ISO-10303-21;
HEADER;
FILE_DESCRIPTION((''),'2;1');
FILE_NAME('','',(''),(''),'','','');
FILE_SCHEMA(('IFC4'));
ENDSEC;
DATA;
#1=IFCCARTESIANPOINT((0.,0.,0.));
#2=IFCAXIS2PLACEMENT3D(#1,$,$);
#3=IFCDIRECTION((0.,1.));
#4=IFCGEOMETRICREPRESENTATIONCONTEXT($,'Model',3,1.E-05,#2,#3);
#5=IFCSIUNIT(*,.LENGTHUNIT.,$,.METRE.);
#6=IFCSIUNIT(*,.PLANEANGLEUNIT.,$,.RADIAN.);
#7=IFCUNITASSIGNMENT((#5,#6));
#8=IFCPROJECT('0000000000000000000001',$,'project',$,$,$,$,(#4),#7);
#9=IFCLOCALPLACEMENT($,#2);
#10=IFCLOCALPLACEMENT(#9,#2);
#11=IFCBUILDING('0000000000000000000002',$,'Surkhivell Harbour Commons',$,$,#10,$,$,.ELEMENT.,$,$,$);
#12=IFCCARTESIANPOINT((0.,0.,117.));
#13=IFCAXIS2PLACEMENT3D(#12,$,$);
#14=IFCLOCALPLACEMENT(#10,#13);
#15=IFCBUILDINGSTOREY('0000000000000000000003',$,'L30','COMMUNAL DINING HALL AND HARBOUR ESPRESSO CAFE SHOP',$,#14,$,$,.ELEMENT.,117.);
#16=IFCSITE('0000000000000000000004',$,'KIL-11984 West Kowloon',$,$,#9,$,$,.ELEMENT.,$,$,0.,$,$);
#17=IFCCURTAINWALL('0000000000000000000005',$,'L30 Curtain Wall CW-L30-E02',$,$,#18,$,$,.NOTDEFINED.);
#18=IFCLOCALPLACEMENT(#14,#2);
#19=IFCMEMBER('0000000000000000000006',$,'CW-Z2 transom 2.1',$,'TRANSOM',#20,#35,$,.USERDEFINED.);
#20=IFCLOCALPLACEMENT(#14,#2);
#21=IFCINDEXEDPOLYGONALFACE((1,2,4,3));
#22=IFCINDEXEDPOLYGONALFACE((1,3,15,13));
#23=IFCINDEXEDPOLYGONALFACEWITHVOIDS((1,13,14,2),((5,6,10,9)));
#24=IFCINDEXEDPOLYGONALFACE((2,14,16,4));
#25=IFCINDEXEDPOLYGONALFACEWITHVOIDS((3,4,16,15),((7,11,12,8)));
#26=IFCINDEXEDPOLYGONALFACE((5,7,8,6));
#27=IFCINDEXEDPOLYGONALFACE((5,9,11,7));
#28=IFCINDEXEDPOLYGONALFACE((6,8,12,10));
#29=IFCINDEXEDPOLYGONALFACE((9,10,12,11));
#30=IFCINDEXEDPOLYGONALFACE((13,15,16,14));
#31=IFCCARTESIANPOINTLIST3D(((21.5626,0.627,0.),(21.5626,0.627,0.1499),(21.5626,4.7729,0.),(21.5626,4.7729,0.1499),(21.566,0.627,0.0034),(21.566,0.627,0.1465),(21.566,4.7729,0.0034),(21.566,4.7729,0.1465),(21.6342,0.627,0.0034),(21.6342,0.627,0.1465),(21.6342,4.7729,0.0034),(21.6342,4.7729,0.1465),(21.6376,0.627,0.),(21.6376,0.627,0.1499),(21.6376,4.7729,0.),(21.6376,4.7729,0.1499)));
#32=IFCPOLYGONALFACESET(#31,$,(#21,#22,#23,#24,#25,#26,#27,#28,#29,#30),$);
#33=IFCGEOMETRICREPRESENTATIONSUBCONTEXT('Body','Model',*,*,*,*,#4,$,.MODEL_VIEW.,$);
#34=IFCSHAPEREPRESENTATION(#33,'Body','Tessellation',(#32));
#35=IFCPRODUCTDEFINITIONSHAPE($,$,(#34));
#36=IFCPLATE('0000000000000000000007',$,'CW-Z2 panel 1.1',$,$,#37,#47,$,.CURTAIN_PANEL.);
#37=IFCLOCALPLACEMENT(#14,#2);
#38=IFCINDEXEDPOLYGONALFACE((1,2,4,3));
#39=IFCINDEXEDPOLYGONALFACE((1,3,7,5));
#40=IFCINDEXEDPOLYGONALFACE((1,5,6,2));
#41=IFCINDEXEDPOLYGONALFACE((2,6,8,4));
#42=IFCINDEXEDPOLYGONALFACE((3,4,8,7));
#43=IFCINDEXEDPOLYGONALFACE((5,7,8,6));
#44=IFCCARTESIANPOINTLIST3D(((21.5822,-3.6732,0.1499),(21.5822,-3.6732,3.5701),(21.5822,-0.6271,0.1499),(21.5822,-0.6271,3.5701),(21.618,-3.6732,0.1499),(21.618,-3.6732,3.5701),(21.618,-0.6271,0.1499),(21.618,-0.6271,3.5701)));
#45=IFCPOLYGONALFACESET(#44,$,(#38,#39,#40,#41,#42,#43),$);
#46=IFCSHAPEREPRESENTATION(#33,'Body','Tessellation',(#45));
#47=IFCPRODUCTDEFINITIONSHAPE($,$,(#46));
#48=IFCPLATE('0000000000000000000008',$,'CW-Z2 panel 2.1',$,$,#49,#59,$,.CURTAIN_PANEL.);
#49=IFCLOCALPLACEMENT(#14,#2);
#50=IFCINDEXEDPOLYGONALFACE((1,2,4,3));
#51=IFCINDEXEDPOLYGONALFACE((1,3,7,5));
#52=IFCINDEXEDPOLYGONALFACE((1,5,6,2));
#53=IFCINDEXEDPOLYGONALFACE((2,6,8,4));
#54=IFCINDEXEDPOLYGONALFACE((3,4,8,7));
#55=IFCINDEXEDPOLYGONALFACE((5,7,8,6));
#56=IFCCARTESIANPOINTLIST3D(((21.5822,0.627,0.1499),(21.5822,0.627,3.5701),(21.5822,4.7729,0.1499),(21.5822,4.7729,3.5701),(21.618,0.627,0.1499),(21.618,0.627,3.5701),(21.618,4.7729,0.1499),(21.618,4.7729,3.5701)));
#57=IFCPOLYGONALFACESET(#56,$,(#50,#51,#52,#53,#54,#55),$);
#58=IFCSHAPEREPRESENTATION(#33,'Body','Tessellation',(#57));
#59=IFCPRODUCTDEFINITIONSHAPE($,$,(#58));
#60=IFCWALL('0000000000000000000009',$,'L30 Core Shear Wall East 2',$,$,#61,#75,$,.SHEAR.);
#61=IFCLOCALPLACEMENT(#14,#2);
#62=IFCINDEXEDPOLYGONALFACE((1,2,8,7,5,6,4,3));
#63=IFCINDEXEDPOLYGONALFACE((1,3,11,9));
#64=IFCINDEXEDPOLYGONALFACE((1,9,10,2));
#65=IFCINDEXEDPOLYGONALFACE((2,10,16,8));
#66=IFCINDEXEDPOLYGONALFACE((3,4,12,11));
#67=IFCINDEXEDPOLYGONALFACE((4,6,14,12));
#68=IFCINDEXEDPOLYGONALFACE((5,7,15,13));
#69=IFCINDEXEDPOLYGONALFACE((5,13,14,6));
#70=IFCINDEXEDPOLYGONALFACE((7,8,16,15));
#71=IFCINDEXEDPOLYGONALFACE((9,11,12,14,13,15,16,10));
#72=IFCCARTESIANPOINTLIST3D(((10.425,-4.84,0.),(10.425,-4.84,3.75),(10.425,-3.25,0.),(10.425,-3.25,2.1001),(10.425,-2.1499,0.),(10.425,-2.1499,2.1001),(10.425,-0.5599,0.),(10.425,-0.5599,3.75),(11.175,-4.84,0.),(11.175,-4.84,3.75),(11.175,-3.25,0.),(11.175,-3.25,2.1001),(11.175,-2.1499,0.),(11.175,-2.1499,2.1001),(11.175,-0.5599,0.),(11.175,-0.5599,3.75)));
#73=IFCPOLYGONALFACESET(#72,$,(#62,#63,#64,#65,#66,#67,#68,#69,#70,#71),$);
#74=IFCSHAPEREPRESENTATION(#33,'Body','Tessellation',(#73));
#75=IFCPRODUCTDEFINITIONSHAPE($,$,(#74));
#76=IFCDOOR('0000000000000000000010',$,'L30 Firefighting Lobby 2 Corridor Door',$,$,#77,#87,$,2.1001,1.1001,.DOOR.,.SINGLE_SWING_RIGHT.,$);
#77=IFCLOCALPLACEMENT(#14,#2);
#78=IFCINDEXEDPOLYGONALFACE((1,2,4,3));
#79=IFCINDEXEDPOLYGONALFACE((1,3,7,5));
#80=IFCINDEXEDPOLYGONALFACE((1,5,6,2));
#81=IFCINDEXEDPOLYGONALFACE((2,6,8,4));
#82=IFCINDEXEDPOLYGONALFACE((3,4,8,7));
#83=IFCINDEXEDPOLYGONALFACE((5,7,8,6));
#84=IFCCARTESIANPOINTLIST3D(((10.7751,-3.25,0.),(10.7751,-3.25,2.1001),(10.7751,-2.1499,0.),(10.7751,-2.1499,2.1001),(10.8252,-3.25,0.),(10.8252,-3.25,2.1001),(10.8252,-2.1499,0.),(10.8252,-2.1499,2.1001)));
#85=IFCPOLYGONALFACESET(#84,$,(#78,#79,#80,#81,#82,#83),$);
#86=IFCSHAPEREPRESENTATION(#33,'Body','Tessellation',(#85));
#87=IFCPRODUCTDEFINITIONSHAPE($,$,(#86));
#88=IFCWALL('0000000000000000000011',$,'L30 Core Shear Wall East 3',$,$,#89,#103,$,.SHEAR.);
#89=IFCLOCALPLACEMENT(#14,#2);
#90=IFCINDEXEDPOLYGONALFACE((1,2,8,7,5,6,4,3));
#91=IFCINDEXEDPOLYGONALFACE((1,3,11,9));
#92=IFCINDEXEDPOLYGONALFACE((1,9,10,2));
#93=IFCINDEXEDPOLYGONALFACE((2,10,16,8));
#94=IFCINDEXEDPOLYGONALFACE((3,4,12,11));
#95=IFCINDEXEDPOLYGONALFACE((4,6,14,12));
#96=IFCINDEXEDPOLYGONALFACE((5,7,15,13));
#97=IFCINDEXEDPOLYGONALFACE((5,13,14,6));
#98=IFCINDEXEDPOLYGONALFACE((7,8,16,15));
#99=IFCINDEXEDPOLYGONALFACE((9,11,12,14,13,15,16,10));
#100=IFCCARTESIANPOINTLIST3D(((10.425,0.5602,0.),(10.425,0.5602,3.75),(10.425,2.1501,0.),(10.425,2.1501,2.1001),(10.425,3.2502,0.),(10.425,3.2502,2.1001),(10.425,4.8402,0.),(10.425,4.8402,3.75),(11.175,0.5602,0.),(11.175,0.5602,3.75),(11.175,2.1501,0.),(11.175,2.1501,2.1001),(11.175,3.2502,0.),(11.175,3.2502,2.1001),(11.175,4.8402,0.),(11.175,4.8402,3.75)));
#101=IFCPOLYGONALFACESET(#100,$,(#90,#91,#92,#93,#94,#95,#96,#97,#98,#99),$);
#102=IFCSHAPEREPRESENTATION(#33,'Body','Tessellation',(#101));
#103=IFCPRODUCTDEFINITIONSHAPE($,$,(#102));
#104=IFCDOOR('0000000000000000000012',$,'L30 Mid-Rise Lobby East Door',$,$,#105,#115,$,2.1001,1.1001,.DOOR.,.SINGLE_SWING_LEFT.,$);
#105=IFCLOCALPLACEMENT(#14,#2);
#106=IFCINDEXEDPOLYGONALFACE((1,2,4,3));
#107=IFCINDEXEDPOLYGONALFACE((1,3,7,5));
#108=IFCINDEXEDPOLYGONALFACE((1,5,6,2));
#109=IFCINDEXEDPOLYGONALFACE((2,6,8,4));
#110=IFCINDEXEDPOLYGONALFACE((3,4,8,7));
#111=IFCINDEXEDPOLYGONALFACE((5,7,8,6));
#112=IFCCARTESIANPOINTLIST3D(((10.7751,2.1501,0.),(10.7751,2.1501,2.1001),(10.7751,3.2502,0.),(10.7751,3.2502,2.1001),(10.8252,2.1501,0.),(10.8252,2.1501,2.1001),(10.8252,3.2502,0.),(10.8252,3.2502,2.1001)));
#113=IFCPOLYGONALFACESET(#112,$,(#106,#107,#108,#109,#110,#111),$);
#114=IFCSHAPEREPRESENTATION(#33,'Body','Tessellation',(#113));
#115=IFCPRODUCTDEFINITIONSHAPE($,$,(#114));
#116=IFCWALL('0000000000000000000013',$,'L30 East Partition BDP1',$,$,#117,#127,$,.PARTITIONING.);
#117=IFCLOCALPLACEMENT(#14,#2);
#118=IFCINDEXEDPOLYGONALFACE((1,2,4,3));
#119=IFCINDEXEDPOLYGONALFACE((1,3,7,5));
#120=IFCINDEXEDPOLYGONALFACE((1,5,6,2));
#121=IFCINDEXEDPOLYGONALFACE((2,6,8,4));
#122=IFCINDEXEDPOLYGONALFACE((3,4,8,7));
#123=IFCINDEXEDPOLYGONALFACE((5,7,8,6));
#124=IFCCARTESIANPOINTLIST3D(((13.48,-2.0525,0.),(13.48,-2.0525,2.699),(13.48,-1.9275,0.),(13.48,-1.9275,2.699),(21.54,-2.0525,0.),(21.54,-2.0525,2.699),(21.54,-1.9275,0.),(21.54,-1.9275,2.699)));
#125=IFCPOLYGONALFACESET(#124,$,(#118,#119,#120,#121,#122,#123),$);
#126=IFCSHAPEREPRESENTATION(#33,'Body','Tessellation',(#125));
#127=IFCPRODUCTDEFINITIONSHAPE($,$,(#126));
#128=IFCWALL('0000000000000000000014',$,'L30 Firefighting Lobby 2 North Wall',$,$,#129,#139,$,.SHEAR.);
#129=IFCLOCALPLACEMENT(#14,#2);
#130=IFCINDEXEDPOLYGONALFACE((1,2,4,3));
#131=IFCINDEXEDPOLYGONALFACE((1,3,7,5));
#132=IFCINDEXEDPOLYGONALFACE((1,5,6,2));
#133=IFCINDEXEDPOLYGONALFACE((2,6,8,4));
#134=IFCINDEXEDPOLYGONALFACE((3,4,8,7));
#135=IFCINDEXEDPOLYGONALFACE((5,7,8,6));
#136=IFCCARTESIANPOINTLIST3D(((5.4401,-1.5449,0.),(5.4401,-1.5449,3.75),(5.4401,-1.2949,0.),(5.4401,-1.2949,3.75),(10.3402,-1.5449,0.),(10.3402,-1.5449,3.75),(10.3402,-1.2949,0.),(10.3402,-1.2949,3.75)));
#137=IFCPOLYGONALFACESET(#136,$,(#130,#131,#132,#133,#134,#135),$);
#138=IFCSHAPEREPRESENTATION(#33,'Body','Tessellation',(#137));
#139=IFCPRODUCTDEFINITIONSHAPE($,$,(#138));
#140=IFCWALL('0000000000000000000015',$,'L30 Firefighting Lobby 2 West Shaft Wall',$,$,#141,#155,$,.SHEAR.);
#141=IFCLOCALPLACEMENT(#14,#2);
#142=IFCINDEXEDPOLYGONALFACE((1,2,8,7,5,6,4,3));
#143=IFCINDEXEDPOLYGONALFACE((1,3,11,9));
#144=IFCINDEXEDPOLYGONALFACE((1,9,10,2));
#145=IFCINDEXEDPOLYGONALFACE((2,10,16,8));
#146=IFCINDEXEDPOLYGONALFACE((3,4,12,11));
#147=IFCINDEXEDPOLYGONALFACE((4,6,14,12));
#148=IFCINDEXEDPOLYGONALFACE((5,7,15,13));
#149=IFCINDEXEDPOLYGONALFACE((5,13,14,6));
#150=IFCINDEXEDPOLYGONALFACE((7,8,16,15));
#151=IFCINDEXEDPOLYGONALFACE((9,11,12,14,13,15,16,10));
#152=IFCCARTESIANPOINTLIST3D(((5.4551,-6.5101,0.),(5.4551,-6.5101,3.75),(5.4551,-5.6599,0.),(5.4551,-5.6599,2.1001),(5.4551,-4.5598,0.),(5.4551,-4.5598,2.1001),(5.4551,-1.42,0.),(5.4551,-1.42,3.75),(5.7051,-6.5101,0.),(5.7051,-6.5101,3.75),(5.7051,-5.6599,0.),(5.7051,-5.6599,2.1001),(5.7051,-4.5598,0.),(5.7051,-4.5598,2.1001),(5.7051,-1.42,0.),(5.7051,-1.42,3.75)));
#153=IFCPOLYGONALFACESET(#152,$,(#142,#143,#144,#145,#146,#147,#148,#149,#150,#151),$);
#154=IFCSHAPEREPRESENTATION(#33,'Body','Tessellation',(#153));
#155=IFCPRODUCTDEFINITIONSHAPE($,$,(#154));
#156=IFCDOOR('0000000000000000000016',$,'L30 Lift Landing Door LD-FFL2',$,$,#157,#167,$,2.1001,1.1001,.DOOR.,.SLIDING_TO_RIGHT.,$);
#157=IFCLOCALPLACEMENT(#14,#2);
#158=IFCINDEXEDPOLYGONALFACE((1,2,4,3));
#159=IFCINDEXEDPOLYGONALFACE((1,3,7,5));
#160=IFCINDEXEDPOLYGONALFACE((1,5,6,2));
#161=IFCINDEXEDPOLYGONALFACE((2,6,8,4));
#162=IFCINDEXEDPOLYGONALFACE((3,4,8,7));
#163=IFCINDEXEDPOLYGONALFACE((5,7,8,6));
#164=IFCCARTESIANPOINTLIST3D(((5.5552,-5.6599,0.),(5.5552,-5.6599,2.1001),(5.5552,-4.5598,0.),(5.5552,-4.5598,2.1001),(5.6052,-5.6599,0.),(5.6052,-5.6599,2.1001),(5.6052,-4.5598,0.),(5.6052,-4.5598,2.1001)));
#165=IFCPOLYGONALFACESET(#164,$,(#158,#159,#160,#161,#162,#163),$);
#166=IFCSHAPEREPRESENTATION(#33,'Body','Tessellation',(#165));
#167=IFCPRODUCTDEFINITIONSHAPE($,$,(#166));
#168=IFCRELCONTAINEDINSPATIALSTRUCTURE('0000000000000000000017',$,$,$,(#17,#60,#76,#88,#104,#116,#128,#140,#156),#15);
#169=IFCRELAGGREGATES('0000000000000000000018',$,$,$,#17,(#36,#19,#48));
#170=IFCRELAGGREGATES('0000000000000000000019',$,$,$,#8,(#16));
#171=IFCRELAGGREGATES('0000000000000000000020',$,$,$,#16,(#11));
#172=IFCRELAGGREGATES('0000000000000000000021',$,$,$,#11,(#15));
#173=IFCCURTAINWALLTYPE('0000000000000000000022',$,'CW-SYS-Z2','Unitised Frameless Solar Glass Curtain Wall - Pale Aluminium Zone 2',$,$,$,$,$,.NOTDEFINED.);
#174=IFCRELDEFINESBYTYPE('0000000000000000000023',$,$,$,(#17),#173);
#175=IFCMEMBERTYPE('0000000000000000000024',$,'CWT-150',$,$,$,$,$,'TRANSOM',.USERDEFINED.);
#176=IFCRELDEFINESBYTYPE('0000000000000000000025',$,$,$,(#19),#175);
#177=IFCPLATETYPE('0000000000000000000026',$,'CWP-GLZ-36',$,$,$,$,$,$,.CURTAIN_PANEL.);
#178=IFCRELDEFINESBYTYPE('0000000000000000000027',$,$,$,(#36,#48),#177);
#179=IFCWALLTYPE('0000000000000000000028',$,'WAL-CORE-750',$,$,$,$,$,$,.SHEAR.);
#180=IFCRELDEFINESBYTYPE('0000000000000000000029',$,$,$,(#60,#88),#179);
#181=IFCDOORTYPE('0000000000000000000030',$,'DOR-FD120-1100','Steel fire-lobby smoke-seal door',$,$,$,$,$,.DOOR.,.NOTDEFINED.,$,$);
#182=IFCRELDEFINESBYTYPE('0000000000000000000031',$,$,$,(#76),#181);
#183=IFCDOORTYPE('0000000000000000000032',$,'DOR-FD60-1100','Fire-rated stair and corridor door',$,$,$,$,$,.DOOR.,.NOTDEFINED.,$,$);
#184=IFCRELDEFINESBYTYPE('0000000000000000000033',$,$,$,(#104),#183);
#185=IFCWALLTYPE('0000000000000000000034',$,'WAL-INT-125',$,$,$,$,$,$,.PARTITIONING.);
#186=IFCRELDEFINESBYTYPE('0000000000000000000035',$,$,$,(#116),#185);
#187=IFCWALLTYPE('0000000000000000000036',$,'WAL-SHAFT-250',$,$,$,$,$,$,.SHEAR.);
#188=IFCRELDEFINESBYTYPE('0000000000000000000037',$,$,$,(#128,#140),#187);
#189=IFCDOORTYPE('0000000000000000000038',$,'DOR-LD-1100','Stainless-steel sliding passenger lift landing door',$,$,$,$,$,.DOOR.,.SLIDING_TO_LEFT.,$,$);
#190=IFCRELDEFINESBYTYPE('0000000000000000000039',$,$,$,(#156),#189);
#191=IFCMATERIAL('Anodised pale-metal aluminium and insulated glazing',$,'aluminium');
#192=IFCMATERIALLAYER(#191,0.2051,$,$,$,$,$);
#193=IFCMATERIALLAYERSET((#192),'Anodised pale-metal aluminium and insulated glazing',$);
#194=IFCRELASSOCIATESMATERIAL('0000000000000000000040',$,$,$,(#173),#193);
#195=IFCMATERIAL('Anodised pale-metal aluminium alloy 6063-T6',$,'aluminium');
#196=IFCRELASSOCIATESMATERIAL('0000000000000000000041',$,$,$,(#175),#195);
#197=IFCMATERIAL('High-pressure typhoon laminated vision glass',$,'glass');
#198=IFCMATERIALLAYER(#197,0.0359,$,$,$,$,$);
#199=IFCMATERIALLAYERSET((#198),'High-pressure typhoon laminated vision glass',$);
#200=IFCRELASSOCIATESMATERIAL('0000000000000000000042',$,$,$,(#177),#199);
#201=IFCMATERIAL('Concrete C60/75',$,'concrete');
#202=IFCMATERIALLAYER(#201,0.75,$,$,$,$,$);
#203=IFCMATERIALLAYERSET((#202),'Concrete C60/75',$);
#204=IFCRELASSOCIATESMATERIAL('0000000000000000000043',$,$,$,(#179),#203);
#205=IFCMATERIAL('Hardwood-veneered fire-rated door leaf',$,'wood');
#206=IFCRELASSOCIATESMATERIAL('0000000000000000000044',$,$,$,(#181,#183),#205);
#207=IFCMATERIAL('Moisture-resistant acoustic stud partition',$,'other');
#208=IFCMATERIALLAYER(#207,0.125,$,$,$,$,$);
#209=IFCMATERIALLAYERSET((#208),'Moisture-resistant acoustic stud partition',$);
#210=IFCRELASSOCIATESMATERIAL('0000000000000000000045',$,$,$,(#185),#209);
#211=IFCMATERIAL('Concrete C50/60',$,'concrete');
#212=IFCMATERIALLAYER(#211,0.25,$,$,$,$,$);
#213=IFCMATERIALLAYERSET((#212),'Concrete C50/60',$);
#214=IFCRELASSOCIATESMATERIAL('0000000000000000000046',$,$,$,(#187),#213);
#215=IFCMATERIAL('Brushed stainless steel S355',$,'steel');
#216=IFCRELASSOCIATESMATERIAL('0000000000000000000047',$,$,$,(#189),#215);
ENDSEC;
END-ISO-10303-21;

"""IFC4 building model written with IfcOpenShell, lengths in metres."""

from ifc_helpers import new_model, si_unit, direction, frame, frame_2d, origin, origin_2d, place, context, subcontext, project, spatial, rectangle, hollow_rectangle, extrude, material, layer, layer_set, material_profile, profile_set, type_object, element, fill, aggregate, save


model = new_model("IFC4")

# Units and contexts
model_context = context("Model", 3, precision=1e-05, world=origin(), true_north=direction((0.0, 1.0)))
body_context = subcontext(model_context, "Body", "Model", "MODEL_VIEW")
ifc_project = project(units=[si_unit("LENGTHUNIT", "METRE"), si_unit("PLANEANGLEUNIT", "RADIAN")], contexts=[model_context])

# Site, building, storey
site_placement = place(None, origin())
site = spatial("IfcSite", under=ifc_project, at=site_placement, Name="KIL-11984 West Kowloon", CompositionType="ELEMENT", RefElevation=0.0)
building_placement = place(site_placement, origin())
building = spatial("IfcBuilding", under=site, at=building_placement, Name="Surkhivell Harbour Commons", CompositionType="ELEMENT")
storey_placement = place(building_placement, frame((0.0, 0.0, 117.0)))
storey = spatial("IfcBuildingStorey", under=building, at=storey_placement, Name="L30", Description="COMMUNAL DINING HALL AND HARBOUR ESPRESSO CAFE SHOP", CompositionType="ELEMENT", Elevation=117.0)

# Shared definitions
ifc_material_1 = material(Name="Concrete C60/75", Category="concrete")

# Shared definitions
ifc_material_2 = material(Name="Anodised pale-metal aluminium and insulated glazing", Category="aluminium")
ifc_layer_1 = layer(ifc_material_2, 0.2051)
ifc_layer_set_1 = layer_set([ifc_layer_1], Name="Anodised pale-metal aluminium and insulated glazing")
curtain_wall_type = type_object("IfcCurtainWallType", Name="CW-SYS-Z2", Description="Unitised Frameless Solar Glass Curtain Wall - Pale Aluminium Zone 2", PredefinedType="NOTDEFINED", material=ifc_layer_set_1)
ifc_material_3 = material(Name="Anodised pale-metal aluminium alloy 6063-T6", Category="aluminium")

# Curtain wall, member, plates
curtain_wall_1_placement = place(storey_placement, origin())
curtain_wall_1 = element("IfcCurtainWall", 1, at=curtain_wall_1_placement, inside=storey, type_object=curtain_wall_type, Name="L30 Curtain Wall CW-L30-E02", PredefinedType="NOTDEFINED")
ifc_material_profile_1 = material_profile(ifc_material_3, hollow_rectangle(XDim=0.075, YDim=0.1499, WallThickness=0.0034, at=origin_2d()), Name="ALU-TRAN-75x150")
ifc_profile_set_1 = profile_set([ifc_material_profile_1], Name="Anodised pale-metal aluminium alloy 6063-T6")
member_type_1 = type_object("IfcMemberType", Name="CWT-150", ElementType="TRANSOM", PredefinedType="USERDEFINED", material=ifc_profile_set_1)
member_1_placement = place(storey_placement, frame((21.6001, 0.627, 0.075), z_axis=(0.0, 1.0, 0.0), x_axis=(-1.0, 0.0, 0.0)))
member_1 = element("IfcMember", 2, at=member_1_placement, type_object=member_type_1, Name="CW-Z2 transom 2.1", ObjectType="TRANSOM", PredefinedType="USERDEFINED", context=body_context, shape_type="SweptSolid", body=[
    extrude(hollow_rectangle(XDim=0.075, YDim=0.1499, WallThickness=0.0034, at=origin_2d()), origin(), (0.0, 0.0, 1.0), 4.146),
])
ifc_material_4 = material(Name="High-pressure typhoon laminated vision glass", Category="glass")
ifc_layer_2 = layer(ifc_material_4, 0.0359)
ifc_layer_set_2 = layer_set([ifc_layer_2], Name="High-pressure typhoon laminated vision glass")
plate_type = type_object("IfcPlateType", Name="CWP-GLZ-36", PredefinedType="CURTAIN_PANEL", material=ifc_layer_set_2)
plate_1_placement = place(storey_placement, frame((21.6001, -3.6731, 0.1499), z_axis=(0.0, 0.0, 1.0), x_axis=(0.0, 1.0, 0.0)))
plate_1 = element("IfcPlate", 3, at=plate_1_placement, type_object=plate_type, Name="CW-Z2 panel 1.1", PredefinedType="CURTAIN_PANEL", context=body_context, shape_type="SweptSolid", body=[
    extrude(rectangle(XDim=3.0461, YDim=0.0359, at=frame_2d((1.5229, 0.0))), origin(), (0.0, 0.0, 1.0), 3.4202),
])
plate_2_placement = place(storey_placement, frame((21.6001, 0.627, 0.1499), z_axis=(0.0, 0.0, 1.0), x_axis=(0.0, 1.0, 0.0)))
plate_2 = element("IfcPlate", 4, at=plate_2_placement, type_object=plate_type, Name="CW-Z2 panel 2.1", PredefinedType="CURTAIN_PANEL", context=body_context, shape_type="SweptSolid", body=[
    extrude(rectangle(XDim=4.146, YDim=0.0359, at=frame_2d((2.073, 0.0))), origin(), (0.0, 0.0, 1.0), 3.4202),
])
aggregate(curtain_wall_1, [plate_1, member_1, plate_2])

# Walls, openings, doors
ifc_layer_3 = layer(ifc_material_1, 0.75)
ifc_layer_set_3 = layer_set([ifc_layer_3], Name="Concrete C60/75")
wall_type_1 = type_object("IfcWallType", Name="WAL-CORE-750", PredefinedType="SHEAR", material=ifc_layer_set_3)
wall_1_placement = place(storey_placement, frame((10.8, -4.8401, 0.0), z_axis=(0.0, 0.0, 1.0), x_axis=(0.0, 1.0, 0.0)))
wall_1 = element("IfcWall", 5, at=wall_1_placement, inside=storey, type_object=wall_type_1, Name="L30 Core Shear Wall East 2", PredefinedType="SHEAR", context=body_context, shape_type="SweptSolid", body=[
    extrude(rectangle(XDim=4.28, YDim=0.75, at=frame_2d((2.1401, 0.0))), origin(), (0.0, 0.0, 1.0), 3.75),
])
opening_1_placement = place(wall_1_placement, frame((1.5901, 0.0, 0.0)))
opening_1 = element("IfcOpeningElement", 6, at=opening_1_placement, cuts=wall_1, PredefinedType="OPENING", context=body_context, shape_type="SweptSolid", body=[
    extrude(rectangle(XDim=1.1001, YDim=2.1001, at=frame_2d((0.55, 1.05))), frame((0.0, 0.385, 0.0), z_axis=(0.0, -1.0, 0.0), x_axis=(1.0, 0.0, 0.0)), (0.0, 0.0, 1.0), 0.77),
])
ifc_material_5 = material(Name="Hardwood-veneered fire-rated door leaf", Category="wood")
door_type_1 = type_object("IfcDoorType", Name="DOR-FD120-1100", Description="Steel fire-lobby smoke-seal door", OperationType="NOTDEFINED", PredefinedType="DOOR", material=ifc_material_5)
door_1_placement = place(opening_1_placement, origin())
door_1 = element("IfcDoor", 7, at=door_1_placement, inside=storey, type_object=door_type_1, Name="L30 Firefighting Lobby 2 Corridor Door", OperationType="SINGLE_SWING_RIGHT", OverallHeight=2.1001, OverallWidth=1.1001, PredefinedType="DOOR", context=body_context, shape_type="SweptSolid", body=[
    extrude(rectangle(XDim=1.1001, YDim=2.1001, at=frame_2d((0.55, 1.05))), frame((0.0, 0.0249, 0.0), z_axis=(0.0, -1.0, 0.0), x_axis=(1.0, 0.0, 0.0)), (0.0, 0.0, 1.0), 0.05),
])
fill(opening_1, door_1)
wall_2_placement = place(storey_placement, frame((10.8, 0.5601, 0.0), z_axis=(0.0, 0.0, 1.0), x_axis=(0.0, 1.0, 0.0)))
wall_2 = element("IfcWall", 8, at=wall_2_placement, inside=storey, type_object=wall_type_1, Name="L30 Core Shear Wall East 3", PredefinedType="SHEAR", context=body_context, shape_type="SweptSolid", body=[
    extrude(rectangle(XDim=4.28, YDim=0.75, at=frame_2d((2.1401, 0.0))), origin(), (0.0, 0.0, 1.0), 3.75),
])
opening_2_placement = place(wall_2_placement, frame((1.5901, 0.0, 0.0)))
opening_2 = element("IfcOpeningElement", 9, at=opening_2_placement, cuts=wall_2, PredefinedType="OPENING", context=body_context, shape_type="SweptSolid", body=[
    extrude(rectangle(XDim=1.1001, YDim=2.1001, at=frame_2d((0.55, 1.05))), frame((0.0, 0.385, 0.0), z_axis=(0.0, -1.0, 0.0), x_axis=(1.0, 0.0, 0.0)), (0.0, 0.0, 1.0), 0.77),
])
door_type_2 = type_object("IfcDoorType", Name="DOR-FD60-1100", Description="Fire-rated stair and corridor door", OperationType="NOTDEFINED", PredefinedType="DOOR", material=ifc_material_5)
door_2_placement = place(opening_2_placement, origin())
door_2 = element("IfcDoor", 10, at=door_2_placement, inside=storey, type_object=door_type_2, Name="L30 Mid-Rise Lobby East Door", OperationType="SINGLE_SWING_LEFT", OverallHeight=2.1001, OverallWidth=1.1001, PredefinedType="DOOR", context=body_context, shape_type="SweptSolid", body=[
    extrude(rectangle(XDim=1.1001, YDim=2.1001, at=frame_2d((0.55, 1.05))), frame((0.0, 0.0249, 0.0), z_axis=(0.0, -1.0, 0.0), x_axis=(1.0, 0.0, 0.0)), (0.0, 0.0, 1.0), 0.05),
])
fill(opening_2, door_2)

# Walls
ifc_material_6 = material(Name="Moisture-resistant acoustic stud partition", Category="other")
ifc_layer_4 = layer(ifc_material_6, 0.125)
ifc_layer_set_4 = layer_set([ifc_layer_4], Name="Moisture-resistant acoustic stud partition")
wall_type_2 = type_object("IfcWallType", Name="WAL-INT-125", PredefinedType="PARTITIONING", material=ifc_layer_set_4)
wall_3_placement = place(storey_placement, frame((13.48, -1.99, 0.0), z_axis=(0.0, 0.0, 1.0), x_axis=(1.0, 0.0, 0.0)))
element("IfcWall", 11, at=wall_3_placement, inside=storey, type_object=wall_type_2, Name="L30 East Partition BDP1", PredefinedType="PARTITIONING", context=body_context, shape_type="SweptSolid", body=[
    extrude(rectangle(XDim=8.0601, YDim=0.125, at=frame_2d((4.03, 0.0))), origin(), (0.0, 0.0, 1.0), 2.699),
])
ifc_material_7 = material(Name="Concrete C50/60", Category="concrete")
ifc_layer_5 = layer(ifc_material_7, 0.25)
ifc_layer_set_5 = layer_set([ifc_layer_5], Name="Concrete C50/60")
wall_type_3 = type_object("IfcWallType", Name="WAL-SHAFT-250", PredefinedType="SHEAR", material=ifc_layer_set_5)
wall_4_placement = place(storey_placement, frame((5.4399, -1.4199, 0.0), z_axis=(0.0, 0.0, 1.0), x_axis=(1.0, 0.0, 0.0)))
element("IfcWall", 12, at=wall_4_placement, inside=storey, type_object=wall_type_3, Name="L30 Firefighting Lobby 2 North Wall", PredefinedType="SHEAR", context=body_context, shape_type="SweptSolid", body=[
    extrude(rectangle(XDim=4.9001, YDim=0.25, at=frame_2d((2.4502, 0.0))), origin(), (0.0, 0.0, 1.0), 3.75),
])

# Wall, opening, door
wall_5_placement = place(storey_placement, frame((5.5801, -6.51, 0.0), z_axis=(0.0, 0.0, 1.0), x_axis=(0.0, 1.0, 0.0)))
wall_5 = element("IfcWall", 13, at=wall_5_placement, inside=storey, type_object=wall_type_3, Name="L30 Firefighting Lobby 2 West Shaft Wall", PredefinedType="SHEAR", context=body_context, shape_type="SweptSolid", body=[
    extrude(rectangle(XDim=5.0901, YDim=0.25, at=frame_2d((2.5449, 0.0))), origin(), (0.0, 0.0, 1.0), 3.75),
])
opening_3_placement = place(wall_5_placement, frame((0.8501, 0.0, 0.0)))
opening_3 = element("IfcOpeningElement", 14, at=opening_3_placement, cuts=wall_5, PredefinedType="OPENING", context=body_context, shape_type="SweptSolid", body=[
    extrude(rectangle(XDim=1.1001, YDim=2.1001, at=frame_2d((0.55, 1.05))), frame((0.0, 0.135, 0.0), z_axis=(0.0, -1.0, 0.0), x_axis=(1.0, 0.0, 0.0)), (0.0, 0.0, 1.0), 0.27),
])
ifc_material_8 = material(Name="Brushed stainless steel S355", Category="steel")
door_type_3 = type_object("IfcDoorType", Name="DOR-LD-1100", Description="Stainless-steel sliding passenger lift landing door", OperationType="SLIDING_TO_LEFT", PredefinedType="DOOR", material=ifc_material_8)
door_3_placement = place(opening_3_placement, origin())
door_3 = element("IfcDoor", 15, at=door_3_placement, inside=storey, type_object=door_type_3, Name="L30 Lift Landing Door LD-FFL2", OperationType="SLIDING_TO_RIGHT", OverallHeight=2.1001, OverallWidth=1.1001, PredefinedType="DOOR", context=body_context, shape_type="SweptSolid", body=[
    extrude(rectangle(XDim=1.1001, YDim=2.1001, at=frame_2d((0.55, 1.05))), frame((0.0, 0.0249, 0.0), z_axis=(0.0, -1.0, 0.0), x_axis=(1.0, 0.0, 0.0)), (0.0, 0.0, 1.0), 0.05),
])
fill(opening_3, door_3)

save(model, "model.ifc")
